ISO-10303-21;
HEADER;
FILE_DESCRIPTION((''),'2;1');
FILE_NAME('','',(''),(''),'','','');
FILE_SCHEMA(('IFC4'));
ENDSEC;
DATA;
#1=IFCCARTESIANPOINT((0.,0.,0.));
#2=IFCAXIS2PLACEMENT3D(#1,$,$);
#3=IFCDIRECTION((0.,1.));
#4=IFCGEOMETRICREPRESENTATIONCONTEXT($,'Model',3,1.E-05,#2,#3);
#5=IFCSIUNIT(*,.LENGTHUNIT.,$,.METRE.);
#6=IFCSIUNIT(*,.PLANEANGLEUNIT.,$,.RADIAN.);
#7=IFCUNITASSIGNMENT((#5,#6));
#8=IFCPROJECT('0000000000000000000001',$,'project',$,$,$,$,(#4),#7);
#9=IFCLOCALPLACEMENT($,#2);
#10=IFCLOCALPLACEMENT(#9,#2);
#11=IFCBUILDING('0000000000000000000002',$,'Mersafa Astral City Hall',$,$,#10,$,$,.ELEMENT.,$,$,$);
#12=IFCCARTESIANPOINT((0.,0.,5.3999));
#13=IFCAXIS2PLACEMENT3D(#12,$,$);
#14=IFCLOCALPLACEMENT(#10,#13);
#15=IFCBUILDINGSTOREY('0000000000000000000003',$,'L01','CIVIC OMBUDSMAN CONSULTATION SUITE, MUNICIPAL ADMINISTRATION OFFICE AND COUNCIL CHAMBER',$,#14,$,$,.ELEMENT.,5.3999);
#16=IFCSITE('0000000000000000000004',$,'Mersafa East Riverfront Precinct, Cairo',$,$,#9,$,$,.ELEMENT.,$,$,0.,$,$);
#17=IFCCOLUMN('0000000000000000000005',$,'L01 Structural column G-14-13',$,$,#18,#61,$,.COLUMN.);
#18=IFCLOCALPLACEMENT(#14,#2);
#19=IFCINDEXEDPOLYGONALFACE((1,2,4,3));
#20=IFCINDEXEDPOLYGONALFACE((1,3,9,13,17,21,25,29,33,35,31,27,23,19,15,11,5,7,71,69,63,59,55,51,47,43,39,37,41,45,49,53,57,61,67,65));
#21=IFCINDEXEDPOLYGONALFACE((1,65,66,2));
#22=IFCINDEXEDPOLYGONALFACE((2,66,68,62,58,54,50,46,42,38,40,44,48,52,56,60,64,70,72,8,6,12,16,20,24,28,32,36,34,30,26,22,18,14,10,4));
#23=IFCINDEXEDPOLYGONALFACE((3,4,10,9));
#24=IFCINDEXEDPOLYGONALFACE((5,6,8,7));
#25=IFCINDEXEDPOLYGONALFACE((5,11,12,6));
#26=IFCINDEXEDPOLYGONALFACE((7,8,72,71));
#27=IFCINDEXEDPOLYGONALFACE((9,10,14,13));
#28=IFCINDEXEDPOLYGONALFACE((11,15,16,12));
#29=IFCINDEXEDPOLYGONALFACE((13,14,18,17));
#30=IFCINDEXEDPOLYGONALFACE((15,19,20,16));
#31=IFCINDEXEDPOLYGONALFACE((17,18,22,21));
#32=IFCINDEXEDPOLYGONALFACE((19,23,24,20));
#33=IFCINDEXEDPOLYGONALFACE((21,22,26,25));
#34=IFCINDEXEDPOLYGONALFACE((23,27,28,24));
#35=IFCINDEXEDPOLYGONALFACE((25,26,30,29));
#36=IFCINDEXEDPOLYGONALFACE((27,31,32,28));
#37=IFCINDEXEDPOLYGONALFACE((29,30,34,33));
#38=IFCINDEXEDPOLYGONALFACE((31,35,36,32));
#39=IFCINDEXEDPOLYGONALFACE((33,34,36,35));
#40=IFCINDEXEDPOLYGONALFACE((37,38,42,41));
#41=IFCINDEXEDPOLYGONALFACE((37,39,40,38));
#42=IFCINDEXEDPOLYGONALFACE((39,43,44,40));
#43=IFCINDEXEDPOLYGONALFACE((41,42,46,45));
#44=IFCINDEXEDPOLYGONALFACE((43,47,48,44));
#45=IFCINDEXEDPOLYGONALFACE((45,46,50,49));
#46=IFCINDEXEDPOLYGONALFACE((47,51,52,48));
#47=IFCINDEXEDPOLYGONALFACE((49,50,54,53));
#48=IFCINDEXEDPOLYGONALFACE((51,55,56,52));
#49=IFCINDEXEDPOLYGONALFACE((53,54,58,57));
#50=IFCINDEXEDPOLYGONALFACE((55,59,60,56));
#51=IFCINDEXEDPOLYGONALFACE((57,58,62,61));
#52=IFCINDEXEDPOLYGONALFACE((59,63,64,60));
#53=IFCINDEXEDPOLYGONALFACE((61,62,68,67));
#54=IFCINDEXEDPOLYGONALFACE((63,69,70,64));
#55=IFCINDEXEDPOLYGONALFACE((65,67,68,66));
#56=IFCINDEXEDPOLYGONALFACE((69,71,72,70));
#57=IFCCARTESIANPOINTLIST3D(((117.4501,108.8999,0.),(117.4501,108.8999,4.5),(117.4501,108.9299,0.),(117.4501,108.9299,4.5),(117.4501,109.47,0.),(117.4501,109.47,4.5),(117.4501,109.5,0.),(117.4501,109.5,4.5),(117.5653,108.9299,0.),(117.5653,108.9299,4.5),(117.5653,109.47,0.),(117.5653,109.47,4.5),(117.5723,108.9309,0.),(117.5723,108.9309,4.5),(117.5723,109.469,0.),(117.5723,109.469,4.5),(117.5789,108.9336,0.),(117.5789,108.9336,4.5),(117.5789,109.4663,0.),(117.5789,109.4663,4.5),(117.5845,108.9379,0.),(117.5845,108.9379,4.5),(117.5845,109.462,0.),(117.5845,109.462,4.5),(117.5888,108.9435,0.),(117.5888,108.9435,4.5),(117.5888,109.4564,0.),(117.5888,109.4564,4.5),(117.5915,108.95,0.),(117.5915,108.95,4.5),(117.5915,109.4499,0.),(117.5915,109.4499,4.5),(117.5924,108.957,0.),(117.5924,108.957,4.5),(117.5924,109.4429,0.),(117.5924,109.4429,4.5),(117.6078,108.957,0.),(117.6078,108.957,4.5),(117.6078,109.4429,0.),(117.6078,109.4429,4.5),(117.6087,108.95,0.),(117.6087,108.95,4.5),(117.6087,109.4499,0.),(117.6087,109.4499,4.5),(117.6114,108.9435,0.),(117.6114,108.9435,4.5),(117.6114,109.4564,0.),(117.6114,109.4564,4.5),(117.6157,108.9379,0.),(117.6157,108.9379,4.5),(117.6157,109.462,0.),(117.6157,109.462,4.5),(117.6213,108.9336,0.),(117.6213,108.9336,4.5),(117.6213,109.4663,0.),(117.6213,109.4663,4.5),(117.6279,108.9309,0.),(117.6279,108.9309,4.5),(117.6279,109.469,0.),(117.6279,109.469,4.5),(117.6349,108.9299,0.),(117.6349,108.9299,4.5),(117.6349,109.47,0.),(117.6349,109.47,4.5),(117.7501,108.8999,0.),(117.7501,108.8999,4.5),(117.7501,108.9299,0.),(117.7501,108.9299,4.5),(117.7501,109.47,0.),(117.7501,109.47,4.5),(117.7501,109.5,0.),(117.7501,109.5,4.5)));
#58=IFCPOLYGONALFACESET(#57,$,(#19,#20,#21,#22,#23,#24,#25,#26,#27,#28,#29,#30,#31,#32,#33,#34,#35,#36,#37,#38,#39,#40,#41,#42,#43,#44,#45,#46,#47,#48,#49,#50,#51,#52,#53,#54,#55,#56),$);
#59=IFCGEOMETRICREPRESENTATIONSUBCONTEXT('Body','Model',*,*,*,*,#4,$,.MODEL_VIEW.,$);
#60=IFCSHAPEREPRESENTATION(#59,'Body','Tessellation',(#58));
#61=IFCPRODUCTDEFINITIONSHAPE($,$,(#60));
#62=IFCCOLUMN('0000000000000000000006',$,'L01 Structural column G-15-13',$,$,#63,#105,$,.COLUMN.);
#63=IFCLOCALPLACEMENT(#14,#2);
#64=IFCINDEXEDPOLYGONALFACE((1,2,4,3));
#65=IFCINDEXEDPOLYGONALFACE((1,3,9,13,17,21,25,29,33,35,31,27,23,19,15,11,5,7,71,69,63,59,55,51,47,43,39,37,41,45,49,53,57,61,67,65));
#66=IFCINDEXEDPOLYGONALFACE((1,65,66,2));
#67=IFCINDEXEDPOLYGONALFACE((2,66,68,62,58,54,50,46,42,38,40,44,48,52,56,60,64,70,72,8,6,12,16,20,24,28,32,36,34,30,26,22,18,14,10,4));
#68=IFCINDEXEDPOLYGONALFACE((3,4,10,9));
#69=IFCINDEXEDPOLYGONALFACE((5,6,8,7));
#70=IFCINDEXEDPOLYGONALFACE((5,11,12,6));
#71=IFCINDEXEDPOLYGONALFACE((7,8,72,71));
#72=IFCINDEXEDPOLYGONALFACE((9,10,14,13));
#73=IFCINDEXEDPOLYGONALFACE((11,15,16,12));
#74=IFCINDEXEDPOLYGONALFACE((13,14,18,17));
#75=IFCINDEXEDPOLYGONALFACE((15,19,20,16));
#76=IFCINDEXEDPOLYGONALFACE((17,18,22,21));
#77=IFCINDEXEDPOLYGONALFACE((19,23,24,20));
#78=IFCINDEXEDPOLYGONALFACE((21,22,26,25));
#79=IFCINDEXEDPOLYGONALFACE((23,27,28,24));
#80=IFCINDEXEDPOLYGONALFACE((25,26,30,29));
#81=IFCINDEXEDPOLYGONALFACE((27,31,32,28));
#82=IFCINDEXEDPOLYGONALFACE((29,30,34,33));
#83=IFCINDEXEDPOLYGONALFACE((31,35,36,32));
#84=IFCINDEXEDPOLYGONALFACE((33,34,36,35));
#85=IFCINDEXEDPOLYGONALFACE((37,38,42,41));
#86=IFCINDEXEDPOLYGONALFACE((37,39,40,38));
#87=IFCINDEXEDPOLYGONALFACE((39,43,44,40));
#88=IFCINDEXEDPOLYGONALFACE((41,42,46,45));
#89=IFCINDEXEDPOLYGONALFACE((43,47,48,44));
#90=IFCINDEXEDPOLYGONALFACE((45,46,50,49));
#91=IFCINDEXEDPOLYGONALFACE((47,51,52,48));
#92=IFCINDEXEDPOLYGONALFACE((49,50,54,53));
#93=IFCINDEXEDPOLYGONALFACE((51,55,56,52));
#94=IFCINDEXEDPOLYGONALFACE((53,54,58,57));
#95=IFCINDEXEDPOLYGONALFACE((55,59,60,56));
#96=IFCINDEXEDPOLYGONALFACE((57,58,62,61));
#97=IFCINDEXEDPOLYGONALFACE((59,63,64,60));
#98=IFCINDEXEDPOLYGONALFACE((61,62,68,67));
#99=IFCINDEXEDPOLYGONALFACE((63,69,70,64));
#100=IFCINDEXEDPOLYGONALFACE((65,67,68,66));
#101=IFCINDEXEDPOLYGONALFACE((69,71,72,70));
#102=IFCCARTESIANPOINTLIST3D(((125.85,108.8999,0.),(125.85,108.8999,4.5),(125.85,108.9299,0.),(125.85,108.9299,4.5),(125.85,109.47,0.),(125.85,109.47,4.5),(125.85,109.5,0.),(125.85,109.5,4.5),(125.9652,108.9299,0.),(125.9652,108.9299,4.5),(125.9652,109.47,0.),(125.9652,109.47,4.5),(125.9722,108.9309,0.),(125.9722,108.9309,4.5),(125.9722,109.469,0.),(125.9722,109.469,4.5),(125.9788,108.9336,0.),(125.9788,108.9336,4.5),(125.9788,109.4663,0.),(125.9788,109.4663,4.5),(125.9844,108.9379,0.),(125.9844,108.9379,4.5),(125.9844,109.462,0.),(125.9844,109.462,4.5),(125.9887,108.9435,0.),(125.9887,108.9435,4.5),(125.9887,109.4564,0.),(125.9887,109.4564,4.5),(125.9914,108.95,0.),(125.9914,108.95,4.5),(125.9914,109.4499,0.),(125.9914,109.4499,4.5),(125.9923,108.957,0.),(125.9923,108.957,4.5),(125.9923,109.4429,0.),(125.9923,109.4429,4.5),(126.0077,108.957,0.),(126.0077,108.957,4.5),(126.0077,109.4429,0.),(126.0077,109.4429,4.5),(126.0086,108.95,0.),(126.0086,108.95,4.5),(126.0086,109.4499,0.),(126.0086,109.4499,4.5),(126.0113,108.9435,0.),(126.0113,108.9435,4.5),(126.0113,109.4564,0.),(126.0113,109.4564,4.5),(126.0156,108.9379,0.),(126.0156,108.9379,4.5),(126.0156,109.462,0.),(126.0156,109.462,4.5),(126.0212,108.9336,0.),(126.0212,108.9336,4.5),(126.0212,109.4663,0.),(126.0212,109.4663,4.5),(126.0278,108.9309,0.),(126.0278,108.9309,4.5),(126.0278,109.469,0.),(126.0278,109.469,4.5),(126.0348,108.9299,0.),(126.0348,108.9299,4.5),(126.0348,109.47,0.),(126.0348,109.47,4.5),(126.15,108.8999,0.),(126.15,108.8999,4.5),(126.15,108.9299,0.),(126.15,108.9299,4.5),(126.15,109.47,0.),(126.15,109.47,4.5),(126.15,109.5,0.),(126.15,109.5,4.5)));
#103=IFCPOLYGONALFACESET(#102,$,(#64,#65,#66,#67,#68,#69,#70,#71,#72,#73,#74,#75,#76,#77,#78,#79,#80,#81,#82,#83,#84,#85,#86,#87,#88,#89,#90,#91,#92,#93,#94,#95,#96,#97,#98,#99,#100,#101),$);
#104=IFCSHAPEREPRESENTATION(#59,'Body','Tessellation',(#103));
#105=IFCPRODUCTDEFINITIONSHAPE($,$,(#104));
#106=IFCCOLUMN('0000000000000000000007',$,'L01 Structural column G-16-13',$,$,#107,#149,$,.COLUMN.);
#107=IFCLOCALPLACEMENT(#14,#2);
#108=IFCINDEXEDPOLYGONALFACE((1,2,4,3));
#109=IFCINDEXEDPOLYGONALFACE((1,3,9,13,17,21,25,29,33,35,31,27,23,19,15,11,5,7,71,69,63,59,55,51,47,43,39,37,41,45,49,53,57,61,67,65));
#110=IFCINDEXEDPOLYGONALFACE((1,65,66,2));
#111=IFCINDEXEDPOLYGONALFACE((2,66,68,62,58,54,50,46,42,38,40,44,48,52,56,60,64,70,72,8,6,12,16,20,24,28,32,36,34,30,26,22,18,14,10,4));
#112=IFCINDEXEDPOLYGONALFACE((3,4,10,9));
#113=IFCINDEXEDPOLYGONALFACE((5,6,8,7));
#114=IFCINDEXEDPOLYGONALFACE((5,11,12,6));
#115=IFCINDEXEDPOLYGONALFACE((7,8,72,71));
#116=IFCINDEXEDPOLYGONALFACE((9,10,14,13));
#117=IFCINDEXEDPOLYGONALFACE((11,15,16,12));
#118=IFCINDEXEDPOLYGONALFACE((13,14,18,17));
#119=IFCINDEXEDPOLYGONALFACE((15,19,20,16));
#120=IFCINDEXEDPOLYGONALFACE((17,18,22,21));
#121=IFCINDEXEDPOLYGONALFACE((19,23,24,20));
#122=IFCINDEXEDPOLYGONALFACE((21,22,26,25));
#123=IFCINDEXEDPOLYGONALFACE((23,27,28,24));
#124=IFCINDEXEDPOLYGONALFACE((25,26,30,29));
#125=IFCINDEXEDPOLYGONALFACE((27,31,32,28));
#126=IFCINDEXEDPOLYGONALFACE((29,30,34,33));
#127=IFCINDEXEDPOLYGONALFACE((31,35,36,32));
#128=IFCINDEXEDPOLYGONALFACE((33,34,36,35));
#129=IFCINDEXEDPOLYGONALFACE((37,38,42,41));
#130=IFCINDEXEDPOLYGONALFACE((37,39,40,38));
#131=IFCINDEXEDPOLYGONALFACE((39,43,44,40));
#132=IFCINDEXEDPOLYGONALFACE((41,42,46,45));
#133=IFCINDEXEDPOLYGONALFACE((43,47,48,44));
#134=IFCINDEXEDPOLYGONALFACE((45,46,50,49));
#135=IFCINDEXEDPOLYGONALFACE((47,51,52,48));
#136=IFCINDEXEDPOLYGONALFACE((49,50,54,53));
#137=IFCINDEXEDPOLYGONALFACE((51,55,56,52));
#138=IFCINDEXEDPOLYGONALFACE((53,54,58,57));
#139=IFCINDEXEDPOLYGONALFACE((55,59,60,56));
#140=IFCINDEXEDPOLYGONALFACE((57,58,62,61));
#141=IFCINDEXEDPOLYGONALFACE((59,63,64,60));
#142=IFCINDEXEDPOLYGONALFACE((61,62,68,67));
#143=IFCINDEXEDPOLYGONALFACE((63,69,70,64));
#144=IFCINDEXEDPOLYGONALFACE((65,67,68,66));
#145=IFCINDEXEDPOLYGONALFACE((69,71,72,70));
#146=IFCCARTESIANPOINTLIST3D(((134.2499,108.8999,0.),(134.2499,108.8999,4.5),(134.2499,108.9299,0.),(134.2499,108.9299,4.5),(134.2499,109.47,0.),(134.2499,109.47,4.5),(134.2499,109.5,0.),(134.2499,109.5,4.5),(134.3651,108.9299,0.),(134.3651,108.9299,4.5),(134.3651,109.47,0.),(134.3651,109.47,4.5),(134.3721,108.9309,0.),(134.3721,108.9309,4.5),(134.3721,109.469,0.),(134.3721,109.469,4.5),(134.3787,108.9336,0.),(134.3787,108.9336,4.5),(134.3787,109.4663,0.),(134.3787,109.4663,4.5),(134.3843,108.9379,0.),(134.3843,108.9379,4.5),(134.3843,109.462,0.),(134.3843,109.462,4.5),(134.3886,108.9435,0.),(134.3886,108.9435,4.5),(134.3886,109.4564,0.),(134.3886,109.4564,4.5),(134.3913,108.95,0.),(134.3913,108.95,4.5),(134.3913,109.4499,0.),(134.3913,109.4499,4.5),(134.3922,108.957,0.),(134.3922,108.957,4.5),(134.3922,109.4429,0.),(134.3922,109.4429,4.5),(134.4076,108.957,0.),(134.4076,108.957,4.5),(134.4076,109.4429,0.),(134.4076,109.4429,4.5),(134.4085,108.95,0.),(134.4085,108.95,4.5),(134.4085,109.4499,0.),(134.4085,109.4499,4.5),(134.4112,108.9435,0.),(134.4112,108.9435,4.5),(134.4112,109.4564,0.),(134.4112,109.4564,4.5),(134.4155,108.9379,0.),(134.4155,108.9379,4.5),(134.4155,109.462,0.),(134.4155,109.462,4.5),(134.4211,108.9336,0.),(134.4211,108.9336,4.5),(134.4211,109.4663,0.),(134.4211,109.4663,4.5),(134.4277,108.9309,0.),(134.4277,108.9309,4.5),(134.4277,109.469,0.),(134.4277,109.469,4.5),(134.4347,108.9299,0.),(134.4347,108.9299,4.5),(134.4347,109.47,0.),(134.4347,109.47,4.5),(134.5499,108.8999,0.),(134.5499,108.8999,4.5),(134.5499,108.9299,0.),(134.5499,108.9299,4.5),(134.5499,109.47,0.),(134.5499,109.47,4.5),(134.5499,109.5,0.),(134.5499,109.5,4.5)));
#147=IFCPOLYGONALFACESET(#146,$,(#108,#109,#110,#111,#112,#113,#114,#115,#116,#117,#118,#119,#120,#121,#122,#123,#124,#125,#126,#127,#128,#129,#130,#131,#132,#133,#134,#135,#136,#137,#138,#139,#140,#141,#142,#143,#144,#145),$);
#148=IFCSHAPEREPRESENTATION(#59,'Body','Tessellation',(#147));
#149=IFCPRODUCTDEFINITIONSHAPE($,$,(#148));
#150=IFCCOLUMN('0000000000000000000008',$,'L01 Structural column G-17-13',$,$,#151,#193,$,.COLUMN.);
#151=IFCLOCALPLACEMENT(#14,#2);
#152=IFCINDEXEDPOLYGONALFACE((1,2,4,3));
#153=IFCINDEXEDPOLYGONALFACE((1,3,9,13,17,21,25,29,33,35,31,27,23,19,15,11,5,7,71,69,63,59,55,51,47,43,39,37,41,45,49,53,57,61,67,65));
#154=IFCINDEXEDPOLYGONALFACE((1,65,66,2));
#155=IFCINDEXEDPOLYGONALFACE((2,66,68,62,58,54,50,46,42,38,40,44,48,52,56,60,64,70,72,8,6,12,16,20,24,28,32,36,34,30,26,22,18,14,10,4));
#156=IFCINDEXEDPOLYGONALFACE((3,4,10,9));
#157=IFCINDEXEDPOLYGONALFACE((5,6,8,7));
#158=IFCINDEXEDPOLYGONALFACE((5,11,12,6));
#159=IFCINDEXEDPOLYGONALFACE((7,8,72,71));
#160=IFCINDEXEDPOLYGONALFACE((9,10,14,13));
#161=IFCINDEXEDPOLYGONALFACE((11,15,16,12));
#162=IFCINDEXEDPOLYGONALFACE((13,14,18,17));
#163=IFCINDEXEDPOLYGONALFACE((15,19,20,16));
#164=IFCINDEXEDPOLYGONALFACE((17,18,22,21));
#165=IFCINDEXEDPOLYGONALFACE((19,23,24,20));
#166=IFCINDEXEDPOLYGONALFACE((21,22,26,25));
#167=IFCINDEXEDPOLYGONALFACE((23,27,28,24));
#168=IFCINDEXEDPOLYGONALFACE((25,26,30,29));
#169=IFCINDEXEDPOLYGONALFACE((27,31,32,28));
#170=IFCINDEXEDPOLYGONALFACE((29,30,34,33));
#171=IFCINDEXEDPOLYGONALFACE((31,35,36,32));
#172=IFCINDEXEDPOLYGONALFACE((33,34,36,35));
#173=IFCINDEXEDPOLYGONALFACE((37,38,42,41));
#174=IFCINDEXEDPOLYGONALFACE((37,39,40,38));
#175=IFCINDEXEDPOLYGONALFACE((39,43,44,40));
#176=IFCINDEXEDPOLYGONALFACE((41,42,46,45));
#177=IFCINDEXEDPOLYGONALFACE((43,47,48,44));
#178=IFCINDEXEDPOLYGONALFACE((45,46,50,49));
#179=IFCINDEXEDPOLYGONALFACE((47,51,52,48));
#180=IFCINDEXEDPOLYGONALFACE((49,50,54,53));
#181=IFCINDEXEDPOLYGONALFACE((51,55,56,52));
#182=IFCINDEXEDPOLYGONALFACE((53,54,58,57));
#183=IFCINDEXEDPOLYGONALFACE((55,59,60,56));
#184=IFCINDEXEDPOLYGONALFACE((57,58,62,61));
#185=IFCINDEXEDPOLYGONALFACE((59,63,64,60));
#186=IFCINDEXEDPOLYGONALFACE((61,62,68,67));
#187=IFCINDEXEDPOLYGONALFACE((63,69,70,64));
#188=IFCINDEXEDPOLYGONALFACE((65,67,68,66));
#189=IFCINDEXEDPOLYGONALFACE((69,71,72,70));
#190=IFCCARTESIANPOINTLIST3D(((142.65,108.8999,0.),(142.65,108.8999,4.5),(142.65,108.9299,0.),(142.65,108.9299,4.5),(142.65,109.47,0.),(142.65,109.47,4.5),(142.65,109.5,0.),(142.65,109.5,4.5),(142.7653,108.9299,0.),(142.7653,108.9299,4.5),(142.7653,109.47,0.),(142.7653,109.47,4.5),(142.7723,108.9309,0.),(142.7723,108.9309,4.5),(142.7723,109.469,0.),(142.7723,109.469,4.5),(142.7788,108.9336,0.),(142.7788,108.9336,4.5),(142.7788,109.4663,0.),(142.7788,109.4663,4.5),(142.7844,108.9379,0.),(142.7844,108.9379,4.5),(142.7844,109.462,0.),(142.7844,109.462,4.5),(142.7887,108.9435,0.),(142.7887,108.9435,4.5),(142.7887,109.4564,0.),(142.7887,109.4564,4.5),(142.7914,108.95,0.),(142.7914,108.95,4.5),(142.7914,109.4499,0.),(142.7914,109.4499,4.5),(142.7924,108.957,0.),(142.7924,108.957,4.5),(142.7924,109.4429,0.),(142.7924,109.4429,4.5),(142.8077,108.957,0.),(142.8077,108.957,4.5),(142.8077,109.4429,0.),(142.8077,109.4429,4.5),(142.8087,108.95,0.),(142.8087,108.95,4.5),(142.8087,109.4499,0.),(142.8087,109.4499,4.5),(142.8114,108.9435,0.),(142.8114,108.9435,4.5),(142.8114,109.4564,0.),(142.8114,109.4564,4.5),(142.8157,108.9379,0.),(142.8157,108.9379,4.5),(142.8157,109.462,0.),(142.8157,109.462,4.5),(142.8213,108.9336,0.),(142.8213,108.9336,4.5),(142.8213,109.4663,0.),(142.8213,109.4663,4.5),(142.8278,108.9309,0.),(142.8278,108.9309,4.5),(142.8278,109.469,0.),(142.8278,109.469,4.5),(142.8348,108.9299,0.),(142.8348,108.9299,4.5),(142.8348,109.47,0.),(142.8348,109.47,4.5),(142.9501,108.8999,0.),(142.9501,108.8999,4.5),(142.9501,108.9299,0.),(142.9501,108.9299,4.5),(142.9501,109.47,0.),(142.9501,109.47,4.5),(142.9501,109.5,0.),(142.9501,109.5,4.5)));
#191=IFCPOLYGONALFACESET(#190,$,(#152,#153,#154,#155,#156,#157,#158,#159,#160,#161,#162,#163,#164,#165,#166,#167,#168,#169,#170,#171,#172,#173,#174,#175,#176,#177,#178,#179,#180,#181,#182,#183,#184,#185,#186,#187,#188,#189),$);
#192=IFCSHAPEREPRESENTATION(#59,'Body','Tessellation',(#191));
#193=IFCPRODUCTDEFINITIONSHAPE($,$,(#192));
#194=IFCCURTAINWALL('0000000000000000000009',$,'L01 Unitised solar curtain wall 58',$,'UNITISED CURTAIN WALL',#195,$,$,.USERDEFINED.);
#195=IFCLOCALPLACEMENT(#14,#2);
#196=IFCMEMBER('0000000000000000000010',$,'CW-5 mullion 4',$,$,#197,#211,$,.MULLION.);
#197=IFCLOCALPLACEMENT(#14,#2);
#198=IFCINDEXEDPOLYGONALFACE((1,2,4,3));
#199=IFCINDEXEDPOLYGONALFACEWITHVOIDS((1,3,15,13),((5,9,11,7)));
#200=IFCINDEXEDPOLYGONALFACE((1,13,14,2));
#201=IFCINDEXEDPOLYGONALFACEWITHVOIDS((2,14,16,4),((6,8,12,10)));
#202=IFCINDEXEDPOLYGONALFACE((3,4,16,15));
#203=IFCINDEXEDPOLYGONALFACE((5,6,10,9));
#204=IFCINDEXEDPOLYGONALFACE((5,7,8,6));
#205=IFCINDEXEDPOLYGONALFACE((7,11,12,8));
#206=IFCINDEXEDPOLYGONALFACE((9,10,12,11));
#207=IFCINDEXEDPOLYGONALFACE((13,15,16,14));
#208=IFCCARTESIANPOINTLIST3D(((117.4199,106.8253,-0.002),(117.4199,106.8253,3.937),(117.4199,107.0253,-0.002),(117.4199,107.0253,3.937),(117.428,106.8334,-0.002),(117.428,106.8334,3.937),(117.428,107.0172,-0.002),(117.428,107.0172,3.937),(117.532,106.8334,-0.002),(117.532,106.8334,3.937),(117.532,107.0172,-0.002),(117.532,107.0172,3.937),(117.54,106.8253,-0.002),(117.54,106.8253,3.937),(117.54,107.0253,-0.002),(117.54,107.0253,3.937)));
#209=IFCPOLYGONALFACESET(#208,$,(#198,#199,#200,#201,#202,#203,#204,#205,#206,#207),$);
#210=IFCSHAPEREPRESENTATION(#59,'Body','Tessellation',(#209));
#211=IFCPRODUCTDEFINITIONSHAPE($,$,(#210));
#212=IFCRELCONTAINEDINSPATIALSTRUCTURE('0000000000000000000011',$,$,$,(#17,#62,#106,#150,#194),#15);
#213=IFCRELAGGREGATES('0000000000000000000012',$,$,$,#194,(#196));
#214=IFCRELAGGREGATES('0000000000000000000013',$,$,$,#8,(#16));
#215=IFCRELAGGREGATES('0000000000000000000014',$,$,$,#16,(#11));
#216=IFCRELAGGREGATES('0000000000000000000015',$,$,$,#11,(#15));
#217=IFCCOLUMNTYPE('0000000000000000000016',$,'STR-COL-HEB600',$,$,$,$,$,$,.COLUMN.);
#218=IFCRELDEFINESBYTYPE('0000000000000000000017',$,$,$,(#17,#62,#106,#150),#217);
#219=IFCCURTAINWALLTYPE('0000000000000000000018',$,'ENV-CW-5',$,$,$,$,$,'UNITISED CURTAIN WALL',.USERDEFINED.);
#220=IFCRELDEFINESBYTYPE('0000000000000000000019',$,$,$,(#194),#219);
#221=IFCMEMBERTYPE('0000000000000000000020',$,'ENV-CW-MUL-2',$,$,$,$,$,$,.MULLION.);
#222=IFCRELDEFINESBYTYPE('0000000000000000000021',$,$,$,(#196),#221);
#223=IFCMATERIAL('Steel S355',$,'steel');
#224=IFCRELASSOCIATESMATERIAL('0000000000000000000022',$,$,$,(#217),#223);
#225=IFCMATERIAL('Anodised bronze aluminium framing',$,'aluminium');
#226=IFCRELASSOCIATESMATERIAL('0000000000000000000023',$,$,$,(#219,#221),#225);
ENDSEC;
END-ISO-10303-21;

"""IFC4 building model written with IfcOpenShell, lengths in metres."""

from ifc_helpers import new_model, si_unit, direction, frame, origin, origin_2d, place, context, subcontext, project, spatial, hollow_rectangle, i_section, extrude, material, material_profile, profile_set, type_object, element, aggregate, save


model = new_model("IFC4")

# Units and contexts
model_context = context("Model", 3, precision=1e-05, world=origin(), true_north=direction((0.0, 1.0)))
body_context = subcontext(model_context, "Body", "Model", "MODEL_VIEW")
ifc_project = project(units=[si_unit("LENGTHUNIT", "METRE"), si_unit("PLANEANGLEUNIT", "RADIAN")], contexts=[model_context])

# Site, building, storey
site_placement = place(None, origin())
site = spatial("IfcSite", under=ifc_project, at=site_placement, Name="Mersafa East Riverfront Precinct, Cairo", CompositionType="ELEMENT", RefElevation=0.0)
building_placement = place(site_placement, origin())
building = spatial("IfcBuilding", under=site, at=building_placement, Name="Mersafa Astral City Hall", CompositionType="ELEMENT")
storey_placement = place(building_placement, frame((0.0, 0.0, 5.3999)))
storey = spatial("IfcBuildingStorey", under=building, at=storey_placement, Name="L01", Description="CIVIC OMBUDSMAN CONSULTATION SUITE, MUNICIPAL ADMINISTRATION OFFICE AND COUNCIL CHAMBER", CompositionType="ELEMENT", Elevation=5.3999)

# Columns
ifc_material_1 = material(Name="Steel S355", Category="steel")
ifc_material_profile_1 = material_profile(ifc_material_1, i_section(OverallWidth=0.3, OverallDepth=0.6001, WebThickness=0.0154, FlangeThickness=0.03, FilletRadius=0.0271, at=origin_2d()), Name="HEB 600")
ifc_profile_set_1 = profile_set([ifc_material_profile_1], Name="Steel S355")
column_type = type_object("IfcColumnType", Name="STR-COL-HEB600", PredefinedType="COLUMN", material=ifc_profile_set_1)
for number, where, z_axis, x_axis, name in (
    (1, (117.6001, 109.2, 0.0), (0.0, 0.0, 1.0), (1.0, 0.0, 0.0), "L01 Structural column G-14-13"),
    (2, (126.0, 109.2, 0.0), (0.0, 0.0, 1.0), (1.0, 0.0, 0.0), "L01 Structural column G-15-13"),
    (3, (134.3999, 109.2, 0.0), (0.0, 0.0, 1.0), (1.0, 0.0, 0.0), "L01 Structural column G-16-13"),
    (4, (142.8, 109.2, 0.0), (0.0, 0.0, 1.0), (1.0, 0.0, 0.0), "L01 Structural column G-17-13"),
):
    element("IfcColumn", number, at=place(storey_placement, frame(where, z_axis=z_axis, x_axis=x_axis)), inside=storey, type_object=column_type, Name=name, PredefinedType="COLUMN", context=body_context, shape_type="SweptSolid", body=[
        extrude(i_section(OverallWidth=0.3, OverallDepth=0.6001, WebThickness=0.0154, FlangeThickness=0.03, FilletRadius=0.0271, at=origin_2d()), origin(), (0.0, 0.0, 1.0), 4.5),
    ])

# Curtain wall, member
ifc_material_2 = material(Name="Anodised bronze aluminium framing", Category="aluminium")
curtain_wall_type = type_object("IfcCurtainWallType", Name="ENV-CW-5", ElementType="UNITISED CURTAIN WALL", PredefinedType="USERDEFINED", material=ifc_material_2)
curtain_wall_placement = place(storey_placement, origin())
curtain_wall = element("IfcCurtainWall", 5, at=curtain_wall_placement, inside=storey, type_object=curtain_wall_type, Name="L01 Unitised solar curtain wall 58", ObjectType="UNITISED CURTAIN WALL", PredefinedType="USERDEFINED")
ifc_material_profile_2 = material_profile(ifc_material_2, hollow_rectangle(XDim=0.1201, YDim=0.2, WallThickness=0.0081, at=origin_2d()), Name="RHS 120x200x8")
ifc_profile_set_2 = profile_set([ifc_material_profile_2], Name="Anodised bronze aluminium framing")
member_type_1 = type_object("IfcMemberType", Name="ENV-CW-MUL-2", PredefinedType="MULLION", material=ifc_profile_set_2)
member_1_placement = place(storey_placement, frame((117.48, 106.9253, -0.002), z_axis=(0.0, 0.0, 1.0), x_axis=(-1.0, 0.0, 0.0)))
member_1 = element("IfcMember", 6, at=member_1_placement, type_object=member_type_1, Name="CW-5 mullion 4", PredefinedType="MULLION", context=body_context, shape_type="SweptSolid", body=[
    extrude(hollow_rectangle(XDim=0.1201, YDim=0.2, WallThickness=0.0081, at=origin_2d()), origin(), (0.0, 0.0, 1.0), 3.939),
])

aggregate(curtain_wall, [member_1])

save(model, "model.ifc")
